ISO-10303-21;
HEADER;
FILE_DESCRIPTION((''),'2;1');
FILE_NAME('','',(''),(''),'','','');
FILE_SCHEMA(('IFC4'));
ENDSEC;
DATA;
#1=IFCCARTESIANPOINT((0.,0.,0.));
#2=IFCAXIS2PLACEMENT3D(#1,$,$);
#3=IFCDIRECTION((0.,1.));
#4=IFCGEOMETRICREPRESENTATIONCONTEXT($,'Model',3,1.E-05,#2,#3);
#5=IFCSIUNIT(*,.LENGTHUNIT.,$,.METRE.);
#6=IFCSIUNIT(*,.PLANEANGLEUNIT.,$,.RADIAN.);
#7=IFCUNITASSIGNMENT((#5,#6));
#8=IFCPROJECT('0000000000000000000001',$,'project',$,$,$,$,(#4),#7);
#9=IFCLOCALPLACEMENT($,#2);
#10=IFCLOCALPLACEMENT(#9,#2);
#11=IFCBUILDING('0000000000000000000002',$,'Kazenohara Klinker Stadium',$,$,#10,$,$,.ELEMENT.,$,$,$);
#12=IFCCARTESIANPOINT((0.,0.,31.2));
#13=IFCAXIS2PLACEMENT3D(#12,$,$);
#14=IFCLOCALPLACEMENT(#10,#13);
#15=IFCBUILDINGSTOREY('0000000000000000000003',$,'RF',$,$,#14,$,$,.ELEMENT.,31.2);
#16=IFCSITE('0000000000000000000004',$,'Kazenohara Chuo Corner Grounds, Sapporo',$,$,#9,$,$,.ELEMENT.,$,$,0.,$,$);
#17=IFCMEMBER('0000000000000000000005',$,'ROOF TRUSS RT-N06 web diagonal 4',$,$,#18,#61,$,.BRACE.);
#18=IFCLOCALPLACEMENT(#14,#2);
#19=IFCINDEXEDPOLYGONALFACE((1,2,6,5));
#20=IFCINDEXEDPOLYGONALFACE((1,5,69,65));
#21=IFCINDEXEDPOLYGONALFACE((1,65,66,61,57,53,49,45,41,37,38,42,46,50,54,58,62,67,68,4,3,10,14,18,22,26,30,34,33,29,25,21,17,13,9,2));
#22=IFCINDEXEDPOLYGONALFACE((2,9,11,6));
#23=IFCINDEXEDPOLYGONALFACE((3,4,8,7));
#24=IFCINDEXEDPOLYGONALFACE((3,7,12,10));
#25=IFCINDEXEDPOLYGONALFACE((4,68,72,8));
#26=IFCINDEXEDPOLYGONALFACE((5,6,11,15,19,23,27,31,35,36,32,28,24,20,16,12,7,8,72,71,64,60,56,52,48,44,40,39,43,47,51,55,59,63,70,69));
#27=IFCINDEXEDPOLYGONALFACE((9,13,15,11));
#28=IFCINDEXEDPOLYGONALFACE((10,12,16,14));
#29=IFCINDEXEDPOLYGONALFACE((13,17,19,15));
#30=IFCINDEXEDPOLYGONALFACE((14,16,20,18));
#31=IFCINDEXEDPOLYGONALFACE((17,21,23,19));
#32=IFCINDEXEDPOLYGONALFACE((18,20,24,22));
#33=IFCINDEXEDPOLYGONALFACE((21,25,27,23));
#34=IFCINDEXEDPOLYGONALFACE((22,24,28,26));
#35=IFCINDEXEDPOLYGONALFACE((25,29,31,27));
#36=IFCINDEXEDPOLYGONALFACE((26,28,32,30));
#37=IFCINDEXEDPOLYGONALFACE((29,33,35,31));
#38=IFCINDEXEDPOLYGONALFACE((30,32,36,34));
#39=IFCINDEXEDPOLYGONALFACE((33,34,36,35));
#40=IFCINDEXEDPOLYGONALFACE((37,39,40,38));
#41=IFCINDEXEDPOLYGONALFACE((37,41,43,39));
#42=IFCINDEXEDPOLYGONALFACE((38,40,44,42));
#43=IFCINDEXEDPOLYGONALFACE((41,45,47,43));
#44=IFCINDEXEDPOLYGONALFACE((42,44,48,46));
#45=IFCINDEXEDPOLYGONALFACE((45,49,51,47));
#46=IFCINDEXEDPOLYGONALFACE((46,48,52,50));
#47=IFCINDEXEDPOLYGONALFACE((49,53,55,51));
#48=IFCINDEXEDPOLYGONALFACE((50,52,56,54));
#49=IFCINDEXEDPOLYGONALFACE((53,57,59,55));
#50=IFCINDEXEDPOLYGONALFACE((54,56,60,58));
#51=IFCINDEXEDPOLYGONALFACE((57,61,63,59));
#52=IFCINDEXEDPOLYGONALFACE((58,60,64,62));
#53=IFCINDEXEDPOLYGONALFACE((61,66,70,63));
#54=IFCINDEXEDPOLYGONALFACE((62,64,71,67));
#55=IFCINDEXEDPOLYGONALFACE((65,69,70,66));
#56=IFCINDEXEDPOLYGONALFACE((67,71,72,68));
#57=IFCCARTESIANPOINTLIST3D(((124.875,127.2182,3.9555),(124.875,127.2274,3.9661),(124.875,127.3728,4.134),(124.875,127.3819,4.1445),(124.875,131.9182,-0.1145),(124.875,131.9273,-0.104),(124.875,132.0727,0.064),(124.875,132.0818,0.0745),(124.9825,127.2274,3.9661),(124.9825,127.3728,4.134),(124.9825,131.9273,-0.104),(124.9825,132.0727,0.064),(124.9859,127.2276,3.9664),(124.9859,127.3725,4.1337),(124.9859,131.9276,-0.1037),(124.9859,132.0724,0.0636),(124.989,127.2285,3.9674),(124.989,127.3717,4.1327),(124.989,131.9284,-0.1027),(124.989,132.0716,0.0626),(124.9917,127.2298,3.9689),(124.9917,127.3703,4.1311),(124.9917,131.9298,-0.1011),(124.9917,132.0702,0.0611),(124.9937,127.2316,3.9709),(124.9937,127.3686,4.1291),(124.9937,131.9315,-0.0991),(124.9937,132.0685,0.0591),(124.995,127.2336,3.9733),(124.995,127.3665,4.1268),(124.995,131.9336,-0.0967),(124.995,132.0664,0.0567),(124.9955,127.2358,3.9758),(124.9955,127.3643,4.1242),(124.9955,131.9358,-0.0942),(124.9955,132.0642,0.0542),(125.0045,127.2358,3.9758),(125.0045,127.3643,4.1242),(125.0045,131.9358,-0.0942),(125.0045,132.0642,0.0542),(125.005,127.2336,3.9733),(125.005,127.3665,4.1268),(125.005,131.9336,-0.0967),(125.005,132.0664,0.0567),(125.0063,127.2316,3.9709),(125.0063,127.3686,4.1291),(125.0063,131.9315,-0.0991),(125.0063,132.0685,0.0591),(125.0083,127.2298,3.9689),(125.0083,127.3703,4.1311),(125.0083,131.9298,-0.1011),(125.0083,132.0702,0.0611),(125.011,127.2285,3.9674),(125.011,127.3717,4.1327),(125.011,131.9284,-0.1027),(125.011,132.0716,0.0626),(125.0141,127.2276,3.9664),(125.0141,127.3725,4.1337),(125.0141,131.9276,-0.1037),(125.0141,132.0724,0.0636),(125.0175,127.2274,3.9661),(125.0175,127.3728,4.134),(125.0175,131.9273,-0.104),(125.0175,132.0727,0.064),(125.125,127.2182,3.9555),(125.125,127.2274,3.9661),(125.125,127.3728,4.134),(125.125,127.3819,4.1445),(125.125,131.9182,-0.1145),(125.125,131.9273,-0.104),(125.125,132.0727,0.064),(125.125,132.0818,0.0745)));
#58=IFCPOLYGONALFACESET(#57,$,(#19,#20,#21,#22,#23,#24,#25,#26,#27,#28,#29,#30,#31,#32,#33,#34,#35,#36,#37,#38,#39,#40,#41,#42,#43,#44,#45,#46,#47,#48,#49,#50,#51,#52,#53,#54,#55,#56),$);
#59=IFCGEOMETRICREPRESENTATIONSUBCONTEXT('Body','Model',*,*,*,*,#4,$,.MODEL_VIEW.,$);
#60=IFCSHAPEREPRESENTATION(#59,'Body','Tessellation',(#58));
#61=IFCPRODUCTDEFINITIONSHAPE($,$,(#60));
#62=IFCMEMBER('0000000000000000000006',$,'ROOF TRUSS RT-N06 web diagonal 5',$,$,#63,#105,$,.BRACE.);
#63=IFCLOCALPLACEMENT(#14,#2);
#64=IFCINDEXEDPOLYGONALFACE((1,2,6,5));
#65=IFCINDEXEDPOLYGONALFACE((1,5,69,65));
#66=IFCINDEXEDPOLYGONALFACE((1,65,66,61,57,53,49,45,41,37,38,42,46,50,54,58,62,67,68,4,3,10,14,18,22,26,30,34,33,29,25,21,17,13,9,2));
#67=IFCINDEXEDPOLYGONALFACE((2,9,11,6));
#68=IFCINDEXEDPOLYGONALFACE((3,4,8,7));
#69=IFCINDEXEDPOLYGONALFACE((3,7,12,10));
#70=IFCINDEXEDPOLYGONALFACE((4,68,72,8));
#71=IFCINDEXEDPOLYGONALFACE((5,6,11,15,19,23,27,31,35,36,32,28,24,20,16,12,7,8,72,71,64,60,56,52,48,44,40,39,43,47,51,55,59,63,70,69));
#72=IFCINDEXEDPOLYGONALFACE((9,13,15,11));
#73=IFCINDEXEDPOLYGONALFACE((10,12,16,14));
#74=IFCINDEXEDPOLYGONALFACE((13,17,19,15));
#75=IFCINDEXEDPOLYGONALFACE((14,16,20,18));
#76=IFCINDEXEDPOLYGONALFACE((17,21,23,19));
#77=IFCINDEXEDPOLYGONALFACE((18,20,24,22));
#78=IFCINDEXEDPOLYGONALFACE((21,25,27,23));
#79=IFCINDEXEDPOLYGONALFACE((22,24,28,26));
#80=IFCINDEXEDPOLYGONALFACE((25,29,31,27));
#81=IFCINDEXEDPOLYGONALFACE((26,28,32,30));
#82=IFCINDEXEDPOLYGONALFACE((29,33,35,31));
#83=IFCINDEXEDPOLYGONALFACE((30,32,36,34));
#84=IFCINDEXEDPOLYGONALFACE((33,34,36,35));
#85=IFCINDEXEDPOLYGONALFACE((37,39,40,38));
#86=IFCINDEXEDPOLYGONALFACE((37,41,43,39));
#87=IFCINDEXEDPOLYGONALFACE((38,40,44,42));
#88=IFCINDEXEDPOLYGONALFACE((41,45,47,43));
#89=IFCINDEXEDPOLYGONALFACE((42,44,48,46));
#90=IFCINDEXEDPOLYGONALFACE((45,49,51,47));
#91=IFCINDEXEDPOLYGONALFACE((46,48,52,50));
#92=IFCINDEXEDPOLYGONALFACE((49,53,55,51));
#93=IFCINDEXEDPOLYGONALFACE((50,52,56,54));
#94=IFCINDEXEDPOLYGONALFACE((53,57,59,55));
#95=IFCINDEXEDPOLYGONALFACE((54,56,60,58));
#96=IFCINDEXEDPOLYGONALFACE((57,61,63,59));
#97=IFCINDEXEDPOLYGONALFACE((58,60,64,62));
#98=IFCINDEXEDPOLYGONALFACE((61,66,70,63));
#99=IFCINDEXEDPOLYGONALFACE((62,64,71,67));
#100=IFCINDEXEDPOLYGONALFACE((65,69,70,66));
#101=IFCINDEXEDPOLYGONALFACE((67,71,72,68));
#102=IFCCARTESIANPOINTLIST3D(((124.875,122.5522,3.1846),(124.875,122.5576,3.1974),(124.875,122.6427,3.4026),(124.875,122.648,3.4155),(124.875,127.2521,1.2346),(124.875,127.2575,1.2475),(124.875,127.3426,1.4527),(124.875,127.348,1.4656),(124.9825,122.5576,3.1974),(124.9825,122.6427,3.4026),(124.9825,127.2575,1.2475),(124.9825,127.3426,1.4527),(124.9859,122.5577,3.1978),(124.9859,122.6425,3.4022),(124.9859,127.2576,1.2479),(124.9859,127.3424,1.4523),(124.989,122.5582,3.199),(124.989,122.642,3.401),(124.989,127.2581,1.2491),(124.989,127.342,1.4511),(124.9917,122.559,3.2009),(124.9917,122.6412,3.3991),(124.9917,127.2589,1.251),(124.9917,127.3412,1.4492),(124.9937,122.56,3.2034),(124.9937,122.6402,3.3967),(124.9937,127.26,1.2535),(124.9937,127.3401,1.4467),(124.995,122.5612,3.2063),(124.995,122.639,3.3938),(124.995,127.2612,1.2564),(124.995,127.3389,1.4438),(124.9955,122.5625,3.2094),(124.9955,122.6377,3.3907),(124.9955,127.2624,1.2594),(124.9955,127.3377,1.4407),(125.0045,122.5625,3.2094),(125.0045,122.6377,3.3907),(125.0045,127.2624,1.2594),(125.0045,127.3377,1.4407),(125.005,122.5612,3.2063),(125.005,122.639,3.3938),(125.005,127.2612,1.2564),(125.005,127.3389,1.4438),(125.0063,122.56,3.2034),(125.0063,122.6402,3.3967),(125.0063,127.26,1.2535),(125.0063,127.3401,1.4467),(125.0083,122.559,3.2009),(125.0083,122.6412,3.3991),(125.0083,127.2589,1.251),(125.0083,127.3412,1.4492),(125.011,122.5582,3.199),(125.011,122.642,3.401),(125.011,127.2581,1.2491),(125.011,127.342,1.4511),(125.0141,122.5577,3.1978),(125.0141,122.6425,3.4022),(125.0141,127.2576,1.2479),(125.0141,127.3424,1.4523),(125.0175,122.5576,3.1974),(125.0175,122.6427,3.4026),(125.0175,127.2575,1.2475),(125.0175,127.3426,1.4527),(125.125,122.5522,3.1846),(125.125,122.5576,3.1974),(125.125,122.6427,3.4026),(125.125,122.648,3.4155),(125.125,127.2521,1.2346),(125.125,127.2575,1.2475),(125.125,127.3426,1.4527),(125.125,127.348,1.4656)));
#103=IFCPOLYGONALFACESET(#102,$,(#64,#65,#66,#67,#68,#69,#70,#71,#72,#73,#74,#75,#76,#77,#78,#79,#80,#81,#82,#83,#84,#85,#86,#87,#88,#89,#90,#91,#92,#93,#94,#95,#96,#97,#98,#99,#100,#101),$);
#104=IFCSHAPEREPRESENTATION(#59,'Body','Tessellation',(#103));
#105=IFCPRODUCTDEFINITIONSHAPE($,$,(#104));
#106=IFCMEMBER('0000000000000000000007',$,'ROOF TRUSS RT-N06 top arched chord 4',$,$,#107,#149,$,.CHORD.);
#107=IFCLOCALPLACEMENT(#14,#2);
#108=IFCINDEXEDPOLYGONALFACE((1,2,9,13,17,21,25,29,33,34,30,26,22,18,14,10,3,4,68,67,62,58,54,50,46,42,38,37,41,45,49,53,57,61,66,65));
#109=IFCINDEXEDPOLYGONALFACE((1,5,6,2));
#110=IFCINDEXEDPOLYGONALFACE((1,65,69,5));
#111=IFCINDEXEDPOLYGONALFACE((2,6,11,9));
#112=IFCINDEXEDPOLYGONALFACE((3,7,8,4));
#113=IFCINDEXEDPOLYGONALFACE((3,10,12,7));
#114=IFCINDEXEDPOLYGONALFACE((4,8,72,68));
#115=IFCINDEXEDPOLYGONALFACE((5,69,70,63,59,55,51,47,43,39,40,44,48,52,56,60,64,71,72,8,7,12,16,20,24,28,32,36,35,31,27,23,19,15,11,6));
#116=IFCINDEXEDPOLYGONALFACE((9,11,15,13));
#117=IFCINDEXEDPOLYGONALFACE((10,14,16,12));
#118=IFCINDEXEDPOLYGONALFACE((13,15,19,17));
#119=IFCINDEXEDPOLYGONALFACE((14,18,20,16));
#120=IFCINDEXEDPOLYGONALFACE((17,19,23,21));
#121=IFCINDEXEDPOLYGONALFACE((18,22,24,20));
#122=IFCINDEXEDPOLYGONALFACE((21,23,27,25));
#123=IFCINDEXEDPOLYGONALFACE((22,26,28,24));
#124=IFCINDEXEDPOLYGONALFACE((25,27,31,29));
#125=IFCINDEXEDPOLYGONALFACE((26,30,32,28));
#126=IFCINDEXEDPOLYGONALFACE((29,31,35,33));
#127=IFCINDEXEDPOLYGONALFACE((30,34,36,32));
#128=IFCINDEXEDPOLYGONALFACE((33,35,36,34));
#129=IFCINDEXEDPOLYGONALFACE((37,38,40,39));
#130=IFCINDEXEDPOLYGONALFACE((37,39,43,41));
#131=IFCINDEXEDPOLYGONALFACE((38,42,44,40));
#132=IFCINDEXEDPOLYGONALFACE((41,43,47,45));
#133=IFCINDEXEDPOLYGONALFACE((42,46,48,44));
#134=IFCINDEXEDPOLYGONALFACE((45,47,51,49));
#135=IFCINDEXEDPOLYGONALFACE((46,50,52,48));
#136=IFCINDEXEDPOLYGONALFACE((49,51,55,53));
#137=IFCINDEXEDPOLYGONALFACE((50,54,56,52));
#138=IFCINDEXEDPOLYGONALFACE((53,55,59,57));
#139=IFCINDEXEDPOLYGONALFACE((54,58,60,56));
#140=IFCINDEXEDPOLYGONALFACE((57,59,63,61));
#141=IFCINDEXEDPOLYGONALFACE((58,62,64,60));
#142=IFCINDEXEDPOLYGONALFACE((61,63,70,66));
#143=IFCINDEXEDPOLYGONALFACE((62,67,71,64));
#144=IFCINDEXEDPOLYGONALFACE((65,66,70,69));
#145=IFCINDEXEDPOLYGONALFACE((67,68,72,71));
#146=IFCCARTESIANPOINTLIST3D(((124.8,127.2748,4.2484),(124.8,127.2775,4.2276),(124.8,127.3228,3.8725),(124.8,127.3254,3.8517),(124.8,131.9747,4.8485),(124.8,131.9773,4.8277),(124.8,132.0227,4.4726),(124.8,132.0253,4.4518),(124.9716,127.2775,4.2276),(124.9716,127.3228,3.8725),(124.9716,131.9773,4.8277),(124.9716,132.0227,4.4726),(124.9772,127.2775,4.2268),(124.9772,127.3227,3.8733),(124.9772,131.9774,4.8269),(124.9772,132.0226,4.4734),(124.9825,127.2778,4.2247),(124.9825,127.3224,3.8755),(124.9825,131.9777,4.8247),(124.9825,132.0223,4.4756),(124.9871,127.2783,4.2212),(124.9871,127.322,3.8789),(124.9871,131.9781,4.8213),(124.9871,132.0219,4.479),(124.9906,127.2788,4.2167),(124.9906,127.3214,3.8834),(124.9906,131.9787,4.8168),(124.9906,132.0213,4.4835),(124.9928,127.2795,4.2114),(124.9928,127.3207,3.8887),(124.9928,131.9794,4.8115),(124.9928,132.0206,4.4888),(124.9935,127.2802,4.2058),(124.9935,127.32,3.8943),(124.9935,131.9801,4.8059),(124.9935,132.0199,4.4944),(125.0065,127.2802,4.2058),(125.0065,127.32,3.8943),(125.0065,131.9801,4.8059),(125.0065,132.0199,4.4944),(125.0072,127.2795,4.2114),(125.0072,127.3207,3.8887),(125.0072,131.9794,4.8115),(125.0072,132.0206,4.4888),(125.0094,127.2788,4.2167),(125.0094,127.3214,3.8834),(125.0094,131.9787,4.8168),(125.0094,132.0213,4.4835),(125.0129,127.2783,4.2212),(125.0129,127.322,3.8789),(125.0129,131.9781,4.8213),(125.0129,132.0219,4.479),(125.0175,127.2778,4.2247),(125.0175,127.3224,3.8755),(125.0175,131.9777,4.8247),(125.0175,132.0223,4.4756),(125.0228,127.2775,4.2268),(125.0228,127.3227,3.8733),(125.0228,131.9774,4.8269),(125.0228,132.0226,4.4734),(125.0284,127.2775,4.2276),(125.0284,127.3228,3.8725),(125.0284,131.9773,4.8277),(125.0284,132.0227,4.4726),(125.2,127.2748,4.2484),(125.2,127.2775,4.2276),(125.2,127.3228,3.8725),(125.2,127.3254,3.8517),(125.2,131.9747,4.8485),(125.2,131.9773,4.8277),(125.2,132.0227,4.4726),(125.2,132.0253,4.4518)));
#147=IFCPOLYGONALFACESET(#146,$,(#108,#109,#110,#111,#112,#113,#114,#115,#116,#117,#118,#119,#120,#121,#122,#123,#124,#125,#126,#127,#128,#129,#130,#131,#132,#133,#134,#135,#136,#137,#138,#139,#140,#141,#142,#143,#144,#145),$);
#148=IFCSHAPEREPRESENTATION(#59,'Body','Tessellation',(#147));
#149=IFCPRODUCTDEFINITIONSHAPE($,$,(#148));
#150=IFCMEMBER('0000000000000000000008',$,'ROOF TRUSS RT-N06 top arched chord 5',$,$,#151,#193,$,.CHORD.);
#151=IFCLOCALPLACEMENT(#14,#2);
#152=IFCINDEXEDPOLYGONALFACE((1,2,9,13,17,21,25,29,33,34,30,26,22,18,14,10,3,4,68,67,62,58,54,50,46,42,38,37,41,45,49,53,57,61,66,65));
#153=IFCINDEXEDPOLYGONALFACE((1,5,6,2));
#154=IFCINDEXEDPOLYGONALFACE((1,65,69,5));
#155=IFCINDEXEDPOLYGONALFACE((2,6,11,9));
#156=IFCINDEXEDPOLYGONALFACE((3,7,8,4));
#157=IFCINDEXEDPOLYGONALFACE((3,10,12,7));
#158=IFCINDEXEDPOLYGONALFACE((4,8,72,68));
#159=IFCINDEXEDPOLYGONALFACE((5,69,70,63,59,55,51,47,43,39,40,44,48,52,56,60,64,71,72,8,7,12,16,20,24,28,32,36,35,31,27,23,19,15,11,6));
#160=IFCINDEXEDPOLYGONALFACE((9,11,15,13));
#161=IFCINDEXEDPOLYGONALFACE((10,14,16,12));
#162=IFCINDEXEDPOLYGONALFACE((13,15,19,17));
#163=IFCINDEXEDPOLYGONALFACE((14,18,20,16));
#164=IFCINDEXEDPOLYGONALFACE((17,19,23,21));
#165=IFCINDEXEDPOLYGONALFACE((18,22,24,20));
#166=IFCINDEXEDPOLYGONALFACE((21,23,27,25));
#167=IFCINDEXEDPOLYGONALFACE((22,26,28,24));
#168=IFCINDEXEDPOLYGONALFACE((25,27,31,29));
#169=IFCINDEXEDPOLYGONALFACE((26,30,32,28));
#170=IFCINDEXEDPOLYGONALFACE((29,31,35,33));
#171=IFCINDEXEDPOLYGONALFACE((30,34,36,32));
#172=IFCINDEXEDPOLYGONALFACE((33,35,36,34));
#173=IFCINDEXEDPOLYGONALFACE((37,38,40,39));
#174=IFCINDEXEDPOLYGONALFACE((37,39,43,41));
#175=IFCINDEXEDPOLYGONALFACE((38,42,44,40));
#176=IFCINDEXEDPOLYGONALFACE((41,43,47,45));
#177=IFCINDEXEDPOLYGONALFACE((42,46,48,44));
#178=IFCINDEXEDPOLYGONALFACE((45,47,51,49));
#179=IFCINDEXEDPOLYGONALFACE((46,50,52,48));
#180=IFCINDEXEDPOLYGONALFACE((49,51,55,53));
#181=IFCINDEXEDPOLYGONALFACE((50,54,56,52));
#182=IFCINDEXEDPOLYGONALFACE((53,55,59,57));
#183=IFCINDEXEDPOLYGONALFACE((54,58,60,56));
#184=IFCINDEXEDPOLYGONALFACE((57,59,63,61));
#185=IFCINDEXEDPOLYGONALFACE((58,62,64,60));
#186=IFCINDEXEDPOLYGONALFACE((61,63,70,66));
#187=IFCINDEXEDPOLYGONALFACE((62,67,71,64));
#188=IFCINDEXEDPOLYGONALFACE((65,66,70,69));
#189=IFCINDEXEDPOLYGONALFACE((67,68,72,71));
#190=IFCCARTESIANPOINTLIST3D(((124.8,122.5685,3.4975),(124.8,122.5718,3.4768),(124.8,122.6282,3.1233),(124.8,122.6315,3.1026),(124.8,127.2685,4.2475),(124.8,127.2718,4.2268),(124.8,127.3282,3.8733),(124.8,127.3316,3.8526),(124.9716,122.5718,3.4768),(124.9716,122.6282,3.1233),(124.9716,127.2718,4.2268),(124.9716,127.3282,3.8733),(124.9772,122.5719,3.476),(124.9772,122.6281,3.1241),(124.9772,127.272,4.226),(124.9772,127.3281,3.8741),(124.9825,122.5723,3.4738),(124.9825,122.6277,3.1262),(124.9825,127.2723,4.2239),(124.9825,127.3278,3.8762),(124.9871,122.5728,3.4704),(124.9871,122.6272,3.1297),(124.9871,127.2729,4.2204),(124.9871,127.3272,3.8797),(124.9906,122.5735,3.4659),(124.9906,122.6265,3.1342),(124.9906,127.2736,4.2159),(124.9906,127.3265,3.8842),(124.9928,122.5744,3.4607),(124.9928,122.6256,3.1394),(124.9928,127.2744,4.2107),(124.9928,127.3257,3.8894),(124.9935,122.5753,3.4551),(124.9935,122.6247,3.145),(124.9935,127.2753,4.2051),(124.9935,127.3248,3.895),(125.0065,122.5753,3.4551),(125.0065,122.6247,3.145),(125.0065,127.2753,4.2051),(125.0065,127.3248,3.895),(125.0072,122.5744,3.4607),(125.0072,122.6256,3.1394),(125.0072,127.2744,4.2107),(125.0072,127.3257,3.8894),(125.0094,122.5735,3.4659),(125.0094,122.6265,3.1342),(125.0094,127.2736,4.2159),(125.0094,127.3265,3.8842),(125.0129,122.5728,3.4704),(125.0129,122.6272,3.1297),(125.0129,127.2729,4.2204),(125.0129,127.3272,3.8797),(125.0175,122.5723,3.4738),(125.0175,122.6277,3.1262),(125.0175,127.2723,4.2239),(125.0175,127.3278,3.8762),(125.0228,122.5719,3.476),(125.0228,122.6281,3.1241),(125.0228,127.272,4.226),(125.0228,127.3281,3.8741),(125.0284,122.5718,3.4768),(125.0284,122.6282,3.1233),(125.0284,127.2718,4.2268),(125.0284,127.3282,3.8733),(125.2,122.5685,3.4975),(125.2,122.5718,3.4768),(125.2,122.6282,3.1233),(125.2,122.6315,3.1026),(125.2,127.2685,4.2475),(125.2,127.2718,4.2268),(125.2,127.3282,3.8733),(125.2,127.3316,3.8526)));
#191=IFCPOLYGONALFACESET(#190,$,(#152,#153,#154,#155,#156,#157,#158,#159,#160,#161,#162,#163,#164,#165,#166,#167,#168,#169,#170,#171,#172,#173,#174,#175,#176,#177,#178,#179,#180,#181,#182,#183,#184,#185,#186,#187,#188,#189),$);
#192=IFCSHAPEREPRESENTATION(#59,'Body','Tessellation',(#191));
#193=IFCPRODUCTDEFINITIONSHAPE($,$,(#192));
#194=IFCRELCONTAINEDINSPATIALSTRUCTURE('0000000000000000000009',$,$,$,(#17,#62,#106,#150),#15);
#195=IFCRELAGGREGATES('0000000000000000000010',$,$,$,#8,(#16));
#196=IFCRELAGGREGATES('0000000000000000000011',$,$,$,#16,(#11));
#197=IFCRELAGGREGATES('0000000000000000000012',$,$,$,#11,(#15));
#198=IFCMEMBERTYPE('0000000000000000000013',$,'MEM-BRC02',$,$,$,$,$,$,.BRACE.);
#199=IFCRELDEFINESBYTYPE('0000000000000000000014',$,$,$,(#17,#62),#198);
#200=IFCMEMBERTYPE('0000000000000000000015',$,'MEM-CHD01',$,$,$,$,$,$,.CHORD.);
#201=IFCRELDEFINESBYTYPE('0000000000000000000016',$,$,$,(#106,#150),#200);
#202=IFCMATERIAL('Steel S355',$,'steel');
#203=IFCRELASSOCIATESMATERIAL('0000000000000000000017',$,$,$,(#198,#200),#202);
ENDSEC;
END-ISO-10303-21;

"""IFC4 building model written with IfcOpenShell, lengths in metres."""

from ifc_helpers import new_model, si_unit, direction, frame, origin, origin_2d, place, context, subcontext, project, spatial, i_section, extrude, material, material_profile, profile_set, type_object, element, save


model = new_model("IFC4")

# Units and contexts
model_context = context("Model", 3, precision=1e-05, world=origin(), true_north=direction((0.0, 1.0)))
body_context = subcontext(model_context, "Body", "Model", "MODEL_VIEW")
ifc_project = project(units=[si_unit("LENGTHUNIT", "METRE"), si_unit("PLANEANGLEUNIT", "RADIAN")], contexts=[model_context])

# Site, building, storey
site_placement = place(None, origin())
site = spatial("IfcSite", under=ifc_project, at=site_placement, Name="Kazenohara Chuo Corner Grounds, Sapporo", CompositionType="ELEMENT", RefElevation=0.0)
building_placement = place(site_placement, origin())
building = spatial("IfcBuilding", under=site, at=building_placement, Name="Kazenohara Klinker Stadium", CompositionType="ELEMENT")
storey_placement = place(building_placement, frame((0.0, 0.0, 31.2)))
storey = spatial("IfcBuildingStorey", under=building, at=storey_placement, Name="RF", CompositionType="ELEMENT", Elevation=31.2)

# Members
ifc_material_1 = material(Name="Steel S355", Category="steel")
ifc_material_profile_1 = material_profile(ifc_material_1, i_section(OverallWidth=0.25, OverallDepth=0.25, WebThickness=0.009, FlangeThickness=0.0139, FilletRadius=0.0129, at=origin_2d()), Name="H-250x250x9x14")
ifc_profile_set_1 = profile_set([ifc_material_profile_1], Name="Steel S355")
member_type_1 = type_object("IfcMemberType", Name="MEM-BRC02", PredefinedType="BRACE", material=ifc_profile_set_1)
member_1_placement = place(storey_placement, frame((125.0, 132.0, -0.02), z_axis=(0.0, -0.755946, 0.654634), x_axis=(1.0, 0.0, 0.0)))
element("IfcMember", 1, at=member_1_placement, inside=storey, type_object=member_type_1, Name="ROOF TRUSS RT-N06 web diagonal 4", PredefinedType="BRACE", context=body_context, shape_type="SweptSolid", body=[
    extrude(i_section(OverallWidth=0.25, OverallDepth=0.25, WebThickness=0.009, FlangeThickness=0.0139, FilletRadius=0.0129, at=origin_2d()), origin(), (0.0, 0.0, 1.0), 6.2173),
])
member_2_placement = place(storey_placement, frame((125.0, 127.3, 1.3501), z_axis=(0.0, -0.923659, 0.383215), x_axis=(1.0, 0.0, 0.0)))
element("IfcMember", 2, at=member_2_placement, inside=storey, type_object=member_type_1, Name="ROOF TRUSS RT-N06 web diagonal 5", PredefinedType="BRACE", context=body_context, shape_type="SweptSolid", body=[
    extrude(i_section(OverallWidth=0.25, OverallDepth=0.25, WebThickness=0.009, FlangeThickness=0.0139, FilletRadius=0.0129, at=origin_2d()), origin(), (0.0, 0.0, 1.0), 5.0884),
])
ifc_material_profile_2 = material_profile(ifc_material_1, i_section(OverallWidth=0.3999, OverallDepth=0.3999, WebThickness=0.0129, FlangeThickness=0.021, FilletRadius=0.022, at=origin_2d()), Name="H-400x400x13x21")
ifc_profile_set_2 = profile_set([ifc_material_profile_2], Name="Steel S355")
member_type_2 = type_object("IfcMemberType", Name="MEM-CHD01", PredefinedType="CHORD", material=ifc_profile_set_2)
member_3_placement = place(storey_placement, frame((125.0, 132.0, 4.6501), z_axis=(0.0, -0.991947, -0.126653), x_axis=(1.0, 0.0, 0.0)))
element("IfcMember", 3, at=member_3_placement, inside=storey, type_object=member_type_2, Name="ROOF TRUSS RT-N06 top arched chord 4", PredefinedType="CHORD", context=body_context, shape_type="SweptSolid", body=[
    extrude(i_section(OverallWidth=0.3999, OverallDepth=0.3999, WebThickness=0.0129, FlangeThickness=0.021, FilletRadius=0.022, at=origin_2d()), origin(), (0.0, 0.0, 1.0), 4.738),
])
member_4_placement = place(storey_placement, frame((125.0, 127.3, 4.05), z_axis=(0.0, -0.987506, -0.157582), x_axis=(1.0, 0.0, 0.0)))
element("IfcMember", 4, at=member_4_placement, inside=storey, type_object=member_type_2, Name="ROOF TRUSS RT-N06 top arched chord 5", PredefinedType="CHORD", context=body_context, shape_type="SweptSolid", body=[
    extrude(i_section(OverallWidth=0.3999, OverallDepth=0.3999, WebThickness=0.0129, FlangeThickness=0.021, FilletRadius=0.022, at=origin_2d()), origin(), (0.0, 0.0, 1.0), 4.7595),
])

save(model, "model.ifc")
